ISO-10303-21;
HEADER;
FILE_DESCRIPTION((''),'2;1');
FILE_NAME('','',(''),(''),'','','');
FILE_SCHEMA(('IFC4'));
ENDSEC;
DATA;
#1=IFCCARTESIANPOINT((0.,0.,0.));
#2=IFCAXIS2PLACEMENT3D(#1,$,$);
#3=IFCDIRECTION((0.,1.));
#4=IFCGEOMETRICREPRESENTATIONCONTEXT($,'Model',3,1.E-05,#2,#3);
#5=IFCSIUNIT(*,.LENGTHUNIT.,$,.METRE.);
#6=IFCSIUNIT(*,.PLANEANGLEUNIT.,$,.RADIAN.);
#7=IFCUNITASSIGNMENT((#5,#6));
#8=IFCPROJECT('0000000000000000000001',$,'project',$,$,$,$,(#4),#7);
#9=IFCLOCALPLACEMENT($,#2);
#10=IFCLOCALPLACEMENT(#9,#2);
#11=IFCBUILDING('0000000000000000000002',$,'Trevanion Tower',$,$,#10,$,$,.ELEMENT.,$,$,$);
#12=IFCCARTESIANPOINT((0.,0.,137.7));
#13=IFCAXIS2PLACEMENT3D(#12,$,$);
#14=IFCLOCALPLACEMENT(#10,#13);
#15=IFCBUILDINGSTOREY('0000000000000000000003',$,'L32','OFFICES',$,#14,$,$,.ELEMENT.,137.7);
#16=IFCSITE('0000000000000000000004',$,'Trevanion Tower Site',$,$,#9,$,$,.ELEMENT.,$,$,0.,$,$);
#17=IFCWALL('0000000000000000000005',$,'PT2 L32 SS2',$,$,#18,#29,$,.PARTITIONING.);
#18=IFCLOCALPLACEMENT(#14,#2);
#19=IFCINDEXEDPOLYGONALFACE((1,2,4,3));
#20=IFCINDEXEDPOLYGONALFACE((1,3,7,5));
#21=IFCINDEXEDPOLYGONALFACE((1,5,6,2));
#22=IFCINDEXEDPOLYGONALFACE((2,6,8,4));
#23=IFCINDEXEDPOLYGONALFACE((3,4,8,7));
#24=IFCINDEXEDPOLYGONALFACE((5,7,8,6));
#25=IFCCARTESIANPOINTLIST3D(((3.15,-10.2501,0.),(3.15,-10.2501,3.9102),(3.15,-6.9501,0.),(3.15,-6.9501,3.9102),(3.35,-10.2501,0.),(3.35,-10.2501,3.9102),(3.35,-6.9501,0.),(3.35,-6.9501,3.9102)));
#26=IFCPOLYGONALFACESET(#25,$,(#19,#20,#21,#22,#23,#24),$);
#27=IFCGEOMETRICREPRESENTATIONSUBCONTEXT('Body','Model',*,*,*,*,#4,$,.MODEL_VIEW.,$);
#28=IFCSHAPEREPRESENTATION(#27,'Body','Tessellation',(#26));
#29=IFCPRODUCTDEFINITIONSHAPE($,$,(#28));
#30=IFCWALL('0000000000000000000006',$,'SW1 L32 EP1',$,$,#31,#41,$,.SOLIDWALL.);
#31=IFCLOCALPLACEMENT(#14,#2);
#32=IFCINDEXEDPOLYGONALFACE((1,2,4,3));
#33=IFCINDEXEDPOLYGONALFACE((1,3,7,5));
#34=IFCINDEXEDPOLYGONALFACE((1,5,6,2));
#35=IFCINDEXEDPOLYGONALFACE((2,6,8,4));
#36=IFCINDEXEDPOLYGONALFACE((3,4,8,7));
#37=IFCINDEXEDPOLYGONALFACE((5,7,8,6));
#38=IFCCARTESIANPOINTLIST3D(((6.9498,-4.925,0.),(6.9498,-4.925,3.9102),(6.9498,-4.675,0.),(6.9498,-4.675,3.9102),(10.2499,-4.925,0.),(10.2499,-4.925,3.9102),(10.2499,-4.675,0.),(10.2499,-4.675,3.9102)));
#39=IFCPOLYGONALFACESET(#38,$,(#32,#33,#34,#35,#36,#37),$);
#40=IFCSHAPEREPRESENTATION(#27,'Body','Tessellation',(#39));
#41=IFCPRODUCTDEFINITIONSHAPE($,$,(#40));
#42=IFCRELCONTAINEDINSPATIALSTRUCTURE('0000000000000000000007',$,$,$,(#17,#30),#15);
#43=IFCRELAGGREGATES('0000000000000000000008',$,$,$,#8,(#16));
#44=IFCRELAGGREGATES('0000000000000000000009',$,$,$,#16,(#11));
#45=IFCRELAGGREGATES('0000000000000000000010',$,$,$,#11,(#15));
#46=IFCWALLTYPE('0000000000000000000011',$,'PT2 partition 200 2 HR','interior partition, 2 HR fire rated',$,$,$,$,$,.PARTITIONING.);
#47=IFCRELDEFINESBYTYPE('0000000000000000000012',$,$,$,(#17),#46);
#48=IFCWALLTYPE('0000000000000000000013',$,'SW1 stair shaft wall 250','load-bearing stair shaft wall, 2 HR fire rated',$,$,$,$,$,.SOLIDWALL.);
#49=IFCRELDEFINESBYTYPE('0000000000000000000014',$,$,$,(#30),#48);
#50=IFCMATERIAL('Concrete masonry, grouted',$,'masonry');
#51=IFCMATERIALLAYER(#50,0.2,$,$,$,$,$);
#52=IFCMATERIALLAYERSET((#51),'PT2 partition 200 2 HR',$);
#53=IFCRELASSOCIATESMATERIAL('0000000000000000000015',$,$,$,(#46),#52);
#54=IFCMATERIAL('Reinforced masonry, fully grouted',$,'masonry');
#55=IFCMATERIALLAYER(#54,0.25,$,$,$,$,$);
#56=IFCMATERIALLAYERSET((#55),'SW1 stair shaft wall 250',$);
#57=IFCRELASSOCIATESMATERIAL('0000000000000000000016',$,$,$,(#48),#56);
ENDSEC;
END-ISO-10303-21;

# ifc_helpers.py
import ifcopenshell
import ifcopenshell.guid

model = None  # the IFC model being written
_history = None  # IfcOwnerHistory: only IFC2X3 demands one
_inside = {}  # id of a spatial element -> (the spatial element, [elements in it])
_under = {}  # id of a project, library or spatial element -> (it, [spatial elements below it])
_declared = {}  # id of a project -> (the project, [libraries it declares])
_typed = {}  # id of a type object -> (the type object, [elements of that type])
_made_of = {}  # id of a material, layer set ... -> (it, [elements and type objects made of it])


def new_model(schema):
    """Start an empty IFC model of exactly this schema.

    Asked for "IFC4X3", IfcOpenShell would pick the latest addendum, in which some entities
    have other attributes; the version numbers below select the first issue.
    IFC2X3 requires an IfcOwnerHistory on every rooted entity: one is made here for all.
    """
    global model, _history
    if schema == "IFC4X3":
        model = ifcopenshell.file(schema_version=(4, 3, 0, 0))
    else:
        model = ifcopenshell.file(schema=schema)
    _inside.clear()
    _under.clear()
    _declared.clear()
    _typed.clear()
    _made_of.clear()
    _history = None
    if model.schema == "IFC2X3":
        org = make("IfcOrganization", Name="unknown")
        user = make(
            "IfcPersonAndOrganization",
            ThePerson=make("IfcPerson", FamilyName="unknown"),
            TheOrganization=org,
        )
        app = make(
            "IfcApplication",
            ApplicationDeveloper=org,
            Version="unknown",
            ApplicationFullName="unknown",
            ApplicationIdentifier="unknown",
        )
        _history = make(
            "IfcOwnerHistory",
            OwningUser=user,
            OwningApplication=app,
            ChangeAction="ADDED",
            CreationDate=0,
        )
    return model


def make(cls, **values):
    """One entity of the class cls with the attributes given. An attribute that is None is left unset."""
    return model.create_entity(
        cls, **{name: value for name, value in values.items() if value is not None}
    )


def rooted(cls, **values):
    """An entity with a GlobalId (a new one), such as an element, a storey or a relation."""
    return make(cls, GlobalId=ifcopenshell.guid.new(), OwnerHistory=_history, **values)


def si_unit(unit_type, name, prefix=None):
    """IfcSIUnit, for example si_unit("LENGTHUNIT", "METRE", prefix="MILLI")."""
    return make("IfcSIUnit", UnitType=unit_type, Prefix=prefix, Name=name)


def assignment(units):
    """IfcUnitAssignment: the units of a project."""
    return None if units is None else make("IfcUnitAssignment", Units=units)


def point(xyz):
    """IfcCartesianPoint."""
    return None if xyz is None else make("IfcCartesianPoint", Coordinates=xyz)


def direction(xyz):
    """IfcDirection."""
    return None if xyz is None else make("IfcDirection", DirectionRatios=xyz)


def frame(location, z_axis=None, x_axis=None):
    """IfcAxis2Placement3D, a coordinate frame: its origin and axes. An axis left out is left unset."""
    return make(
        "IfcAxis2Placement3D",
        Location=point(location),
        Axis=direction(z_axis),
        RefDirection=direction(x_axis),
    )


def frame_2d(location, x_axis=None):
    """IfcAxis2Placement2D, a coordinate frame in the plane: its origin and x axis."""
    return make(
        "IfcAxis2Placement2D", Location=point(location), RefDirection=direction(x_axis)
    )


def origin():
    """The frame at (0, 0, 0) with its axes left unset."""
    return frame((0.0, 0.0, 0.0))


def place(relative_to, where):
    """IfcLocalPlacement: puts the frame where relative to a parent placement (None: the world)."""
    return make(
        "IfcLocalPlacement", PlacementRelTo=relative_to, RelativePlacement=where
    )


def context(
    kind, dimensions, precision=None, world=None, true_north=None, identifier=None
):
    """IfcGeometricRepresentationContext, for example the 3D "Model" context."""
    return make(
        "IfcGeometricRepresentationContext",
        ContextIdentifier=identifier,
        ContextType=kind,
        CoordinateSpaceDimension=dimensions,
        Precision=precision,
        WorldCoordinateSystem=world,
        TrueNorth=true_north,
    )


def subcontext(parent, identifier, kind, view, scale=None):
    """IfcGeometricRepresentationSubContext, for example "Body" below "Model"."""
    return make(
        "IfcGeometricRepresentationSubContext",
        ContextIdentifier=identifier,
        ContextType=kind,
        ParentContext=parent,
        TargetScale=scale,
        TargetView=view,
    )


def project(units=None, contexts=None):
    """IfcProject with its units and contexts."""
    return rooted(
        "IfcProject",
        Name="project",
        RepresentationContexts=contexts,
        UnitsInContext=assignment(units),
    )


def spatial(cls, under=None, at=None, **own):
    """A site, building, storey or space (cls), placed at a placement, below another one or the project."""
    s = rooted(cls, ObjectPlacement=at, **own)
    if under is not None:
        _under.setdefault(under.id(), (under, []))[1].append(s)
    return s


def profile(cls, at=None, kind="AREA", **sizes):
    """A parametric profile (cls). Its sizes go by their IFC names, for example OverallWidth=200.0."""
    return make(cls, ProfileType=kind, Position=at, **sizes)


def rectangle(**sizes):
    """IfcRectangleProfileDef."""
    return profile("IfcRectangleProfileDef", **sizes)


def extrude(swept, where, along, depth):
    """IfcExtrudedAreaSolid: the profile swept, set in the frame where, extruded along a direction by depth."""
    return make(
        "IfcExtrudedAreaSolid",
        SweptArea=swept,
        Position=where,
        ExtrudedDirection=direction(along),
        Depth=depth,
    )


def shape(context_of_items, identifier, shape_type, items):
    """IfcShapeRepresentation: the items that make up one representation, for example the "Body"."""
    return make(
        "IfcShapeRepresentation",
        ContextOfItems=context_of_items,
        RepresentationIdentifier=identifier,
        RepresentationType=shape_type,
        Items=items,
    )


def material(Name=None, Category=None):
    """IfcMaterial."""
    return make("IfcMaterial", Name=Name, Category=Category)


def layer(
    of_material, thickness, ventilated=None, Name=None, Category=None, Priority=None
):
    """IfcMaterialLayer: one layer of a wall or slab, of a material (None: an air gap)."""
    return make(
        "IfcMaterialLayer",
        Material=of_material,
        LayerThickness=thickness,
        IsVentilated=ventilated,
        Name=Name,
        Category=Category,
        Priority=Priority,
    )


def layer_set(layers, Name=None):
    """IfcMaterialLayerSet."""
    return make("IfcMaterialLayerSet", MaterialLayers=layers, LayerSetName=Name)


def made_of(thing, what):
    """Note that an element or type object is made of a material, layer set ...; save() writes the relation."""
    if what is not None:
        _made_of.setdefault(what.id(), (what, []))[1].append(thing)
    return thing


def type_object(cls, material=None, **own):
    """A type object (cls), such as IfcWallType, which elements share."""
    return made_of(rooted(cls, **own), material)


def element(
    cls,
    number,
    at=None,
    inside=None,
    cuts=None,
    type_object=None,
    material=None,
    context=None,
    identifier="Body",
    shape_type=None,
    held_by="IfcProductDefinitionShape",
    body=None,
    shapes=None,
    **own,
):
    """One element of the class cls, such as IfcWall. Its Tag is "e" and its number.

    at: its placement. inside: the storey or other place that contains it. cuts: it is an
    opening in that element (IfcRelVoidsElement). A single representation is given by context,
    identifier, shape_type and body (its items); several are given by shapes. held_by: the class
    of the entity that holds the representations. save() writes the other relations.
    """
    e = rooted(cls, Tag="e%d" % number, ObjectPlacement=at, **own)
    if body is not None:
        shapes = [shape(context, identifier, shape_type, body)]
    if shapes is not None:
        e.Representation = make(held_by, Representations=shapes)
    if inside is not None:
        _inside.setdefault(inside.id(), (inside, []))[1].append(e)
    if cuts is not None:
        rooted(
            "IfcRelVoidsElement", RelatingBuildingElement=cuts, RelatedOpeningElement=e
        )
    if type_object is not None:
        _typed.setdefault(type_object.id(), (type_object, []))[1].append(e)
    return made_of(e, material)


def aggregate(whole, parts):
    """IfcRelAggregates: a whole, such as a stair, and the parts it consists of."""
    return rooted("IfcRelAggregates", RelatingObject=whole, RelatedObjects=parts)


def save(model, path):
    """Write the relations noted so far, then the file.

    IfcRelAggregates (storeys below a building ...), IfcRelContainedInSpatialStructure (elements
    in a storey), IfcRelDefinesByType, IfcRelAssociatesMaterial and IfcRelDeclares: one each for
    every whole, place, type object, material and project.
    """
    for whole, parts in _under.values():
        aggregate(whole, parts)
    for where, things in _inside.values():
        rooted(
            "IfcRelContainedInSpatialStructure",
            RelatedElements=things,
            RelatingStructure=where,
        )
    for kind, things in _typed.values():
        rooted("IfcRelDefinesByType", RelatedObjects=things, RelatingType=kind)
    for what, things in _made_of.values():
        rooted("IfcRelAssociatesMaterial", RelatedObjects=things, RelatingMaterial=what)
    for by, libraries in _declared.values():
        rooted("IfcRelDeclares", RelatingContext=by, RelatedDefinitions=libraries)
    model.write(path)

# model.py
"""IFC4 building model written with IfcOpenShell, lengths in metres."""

from ifc_helpers import new_model, si_unit, direction, frame, frame_2d, origin, place, context, subcontext, project, spatial, rectangle, extrude, material, layer, layer_set, type_object, element, save


model = new_model("IFC4")

# Units and contexts
model_context = context("Model", 3, precision=1e-05, world=origin(), true_north=direction((0.0, 1.0)))
body_context = subcontext(model_context, "Body", "Model", "MODEL_VIEW")
ifc_project = project(units=[si_unit("LENGTHUNIT", "METRE"), si_unit("PLANEANGLEUNIT", "RADIAN")], contexts=[model_context])

# Site, building, storey
site_placement = place(None, origin())
site = spatial("IfcSite", under=ifc_project, at=site_placement, Name="Trevanion Tower Site", CompositionType="ELEMENT", RefElevation=0.0)
building_placement = place(site_placement, origin())
building = spatial("IfcBuilding", under=site, at=building_placement, Name="Trevanion Tower", CompositionType="ELEMENT")
storey_placement = place(building_placement, frame((0.0, 0.0, 137.7)))
storey = spatial("IfcBuildingStorey", under=building, at=storey_placement, Name="L32", Description="OFFICES", CompositionType="ELEMENT", Elevation=137.7)

# Walls
ifc_material_1 = material(Name="Concrete masonry, grouted", Category="masonry")
ifc_layer_1 = layer(ifc_material_1, 0.2)
ifc_layer_set_1 = layer_set([ifc_layer_1], Name="PT2 partition 200 2 HR")
wall_type_1 = type_object("IfcWallType", Name="PT2 partition 200 2 HR", Description="interior partition, 2 HR fire rated", PredefinedType="PARTITIONING", material=ifc_layer_set_1)
wall_1_placement = place(storey_placement, frame((3.25, -10.25, 0.0), z_axis=(0.0, 0.0, 1.0), x_axis=(0.0, 1.0, 0.0)))
element("IfcWall", 1, at=wall_1_placement, inside=storey, type_object=wall_type_1, Name="PT2 L32 SS2", PredefinedType="PARTITIONING", context=body_context, shape_type="SweptSolid", body=[
    extrude(rectangle(XDim=3.3, YDim=0.2, at=frame_2d((1.6499, 0.0))), origin(), (0.0, 0.0, 1.0), 3.9102),
])
ifc_material_2 = material(Name="Reinforced masonry, fully grouted", Category="masonry")
ifc_layer_2 = layer(ifc_material_2, 0.25)
ifc_layer_set_2 = layer_set([ifc_layer_2], Name="SW1 stair shaft wall 250")
wall_type_2 = type_object("IfcWallType", Name="SW1 stair shaft wall 250", Description="load-bearing stair shaft wall, 2 HR fire rated", PredefinedType="SOLIDWALL", material=ifc_layer_set_2)
wall_2_placement = place(storey_placement, frame((6.95, -4.8, 0.0), z_axis=(0.0, 0.0, 1.0), x_axis=(1.0, 0.0, 0.0)))
element("IfcWall", 2, at=wall_2_placement, inside=storey, type_object=wall_type_2, Name="SW1 L32 EP1", PredefinedType="SOLIDWALL", context=body_context, shape_type="SweptSolid", body=[
    extrude(rectangle(XDim=3.3, YDim=0.25, at=frame_2d((1.6499, 0.0))), origin(), (0.0, 0.0, 1.0), 3.9102),
])

save(model, "model.ifc")
